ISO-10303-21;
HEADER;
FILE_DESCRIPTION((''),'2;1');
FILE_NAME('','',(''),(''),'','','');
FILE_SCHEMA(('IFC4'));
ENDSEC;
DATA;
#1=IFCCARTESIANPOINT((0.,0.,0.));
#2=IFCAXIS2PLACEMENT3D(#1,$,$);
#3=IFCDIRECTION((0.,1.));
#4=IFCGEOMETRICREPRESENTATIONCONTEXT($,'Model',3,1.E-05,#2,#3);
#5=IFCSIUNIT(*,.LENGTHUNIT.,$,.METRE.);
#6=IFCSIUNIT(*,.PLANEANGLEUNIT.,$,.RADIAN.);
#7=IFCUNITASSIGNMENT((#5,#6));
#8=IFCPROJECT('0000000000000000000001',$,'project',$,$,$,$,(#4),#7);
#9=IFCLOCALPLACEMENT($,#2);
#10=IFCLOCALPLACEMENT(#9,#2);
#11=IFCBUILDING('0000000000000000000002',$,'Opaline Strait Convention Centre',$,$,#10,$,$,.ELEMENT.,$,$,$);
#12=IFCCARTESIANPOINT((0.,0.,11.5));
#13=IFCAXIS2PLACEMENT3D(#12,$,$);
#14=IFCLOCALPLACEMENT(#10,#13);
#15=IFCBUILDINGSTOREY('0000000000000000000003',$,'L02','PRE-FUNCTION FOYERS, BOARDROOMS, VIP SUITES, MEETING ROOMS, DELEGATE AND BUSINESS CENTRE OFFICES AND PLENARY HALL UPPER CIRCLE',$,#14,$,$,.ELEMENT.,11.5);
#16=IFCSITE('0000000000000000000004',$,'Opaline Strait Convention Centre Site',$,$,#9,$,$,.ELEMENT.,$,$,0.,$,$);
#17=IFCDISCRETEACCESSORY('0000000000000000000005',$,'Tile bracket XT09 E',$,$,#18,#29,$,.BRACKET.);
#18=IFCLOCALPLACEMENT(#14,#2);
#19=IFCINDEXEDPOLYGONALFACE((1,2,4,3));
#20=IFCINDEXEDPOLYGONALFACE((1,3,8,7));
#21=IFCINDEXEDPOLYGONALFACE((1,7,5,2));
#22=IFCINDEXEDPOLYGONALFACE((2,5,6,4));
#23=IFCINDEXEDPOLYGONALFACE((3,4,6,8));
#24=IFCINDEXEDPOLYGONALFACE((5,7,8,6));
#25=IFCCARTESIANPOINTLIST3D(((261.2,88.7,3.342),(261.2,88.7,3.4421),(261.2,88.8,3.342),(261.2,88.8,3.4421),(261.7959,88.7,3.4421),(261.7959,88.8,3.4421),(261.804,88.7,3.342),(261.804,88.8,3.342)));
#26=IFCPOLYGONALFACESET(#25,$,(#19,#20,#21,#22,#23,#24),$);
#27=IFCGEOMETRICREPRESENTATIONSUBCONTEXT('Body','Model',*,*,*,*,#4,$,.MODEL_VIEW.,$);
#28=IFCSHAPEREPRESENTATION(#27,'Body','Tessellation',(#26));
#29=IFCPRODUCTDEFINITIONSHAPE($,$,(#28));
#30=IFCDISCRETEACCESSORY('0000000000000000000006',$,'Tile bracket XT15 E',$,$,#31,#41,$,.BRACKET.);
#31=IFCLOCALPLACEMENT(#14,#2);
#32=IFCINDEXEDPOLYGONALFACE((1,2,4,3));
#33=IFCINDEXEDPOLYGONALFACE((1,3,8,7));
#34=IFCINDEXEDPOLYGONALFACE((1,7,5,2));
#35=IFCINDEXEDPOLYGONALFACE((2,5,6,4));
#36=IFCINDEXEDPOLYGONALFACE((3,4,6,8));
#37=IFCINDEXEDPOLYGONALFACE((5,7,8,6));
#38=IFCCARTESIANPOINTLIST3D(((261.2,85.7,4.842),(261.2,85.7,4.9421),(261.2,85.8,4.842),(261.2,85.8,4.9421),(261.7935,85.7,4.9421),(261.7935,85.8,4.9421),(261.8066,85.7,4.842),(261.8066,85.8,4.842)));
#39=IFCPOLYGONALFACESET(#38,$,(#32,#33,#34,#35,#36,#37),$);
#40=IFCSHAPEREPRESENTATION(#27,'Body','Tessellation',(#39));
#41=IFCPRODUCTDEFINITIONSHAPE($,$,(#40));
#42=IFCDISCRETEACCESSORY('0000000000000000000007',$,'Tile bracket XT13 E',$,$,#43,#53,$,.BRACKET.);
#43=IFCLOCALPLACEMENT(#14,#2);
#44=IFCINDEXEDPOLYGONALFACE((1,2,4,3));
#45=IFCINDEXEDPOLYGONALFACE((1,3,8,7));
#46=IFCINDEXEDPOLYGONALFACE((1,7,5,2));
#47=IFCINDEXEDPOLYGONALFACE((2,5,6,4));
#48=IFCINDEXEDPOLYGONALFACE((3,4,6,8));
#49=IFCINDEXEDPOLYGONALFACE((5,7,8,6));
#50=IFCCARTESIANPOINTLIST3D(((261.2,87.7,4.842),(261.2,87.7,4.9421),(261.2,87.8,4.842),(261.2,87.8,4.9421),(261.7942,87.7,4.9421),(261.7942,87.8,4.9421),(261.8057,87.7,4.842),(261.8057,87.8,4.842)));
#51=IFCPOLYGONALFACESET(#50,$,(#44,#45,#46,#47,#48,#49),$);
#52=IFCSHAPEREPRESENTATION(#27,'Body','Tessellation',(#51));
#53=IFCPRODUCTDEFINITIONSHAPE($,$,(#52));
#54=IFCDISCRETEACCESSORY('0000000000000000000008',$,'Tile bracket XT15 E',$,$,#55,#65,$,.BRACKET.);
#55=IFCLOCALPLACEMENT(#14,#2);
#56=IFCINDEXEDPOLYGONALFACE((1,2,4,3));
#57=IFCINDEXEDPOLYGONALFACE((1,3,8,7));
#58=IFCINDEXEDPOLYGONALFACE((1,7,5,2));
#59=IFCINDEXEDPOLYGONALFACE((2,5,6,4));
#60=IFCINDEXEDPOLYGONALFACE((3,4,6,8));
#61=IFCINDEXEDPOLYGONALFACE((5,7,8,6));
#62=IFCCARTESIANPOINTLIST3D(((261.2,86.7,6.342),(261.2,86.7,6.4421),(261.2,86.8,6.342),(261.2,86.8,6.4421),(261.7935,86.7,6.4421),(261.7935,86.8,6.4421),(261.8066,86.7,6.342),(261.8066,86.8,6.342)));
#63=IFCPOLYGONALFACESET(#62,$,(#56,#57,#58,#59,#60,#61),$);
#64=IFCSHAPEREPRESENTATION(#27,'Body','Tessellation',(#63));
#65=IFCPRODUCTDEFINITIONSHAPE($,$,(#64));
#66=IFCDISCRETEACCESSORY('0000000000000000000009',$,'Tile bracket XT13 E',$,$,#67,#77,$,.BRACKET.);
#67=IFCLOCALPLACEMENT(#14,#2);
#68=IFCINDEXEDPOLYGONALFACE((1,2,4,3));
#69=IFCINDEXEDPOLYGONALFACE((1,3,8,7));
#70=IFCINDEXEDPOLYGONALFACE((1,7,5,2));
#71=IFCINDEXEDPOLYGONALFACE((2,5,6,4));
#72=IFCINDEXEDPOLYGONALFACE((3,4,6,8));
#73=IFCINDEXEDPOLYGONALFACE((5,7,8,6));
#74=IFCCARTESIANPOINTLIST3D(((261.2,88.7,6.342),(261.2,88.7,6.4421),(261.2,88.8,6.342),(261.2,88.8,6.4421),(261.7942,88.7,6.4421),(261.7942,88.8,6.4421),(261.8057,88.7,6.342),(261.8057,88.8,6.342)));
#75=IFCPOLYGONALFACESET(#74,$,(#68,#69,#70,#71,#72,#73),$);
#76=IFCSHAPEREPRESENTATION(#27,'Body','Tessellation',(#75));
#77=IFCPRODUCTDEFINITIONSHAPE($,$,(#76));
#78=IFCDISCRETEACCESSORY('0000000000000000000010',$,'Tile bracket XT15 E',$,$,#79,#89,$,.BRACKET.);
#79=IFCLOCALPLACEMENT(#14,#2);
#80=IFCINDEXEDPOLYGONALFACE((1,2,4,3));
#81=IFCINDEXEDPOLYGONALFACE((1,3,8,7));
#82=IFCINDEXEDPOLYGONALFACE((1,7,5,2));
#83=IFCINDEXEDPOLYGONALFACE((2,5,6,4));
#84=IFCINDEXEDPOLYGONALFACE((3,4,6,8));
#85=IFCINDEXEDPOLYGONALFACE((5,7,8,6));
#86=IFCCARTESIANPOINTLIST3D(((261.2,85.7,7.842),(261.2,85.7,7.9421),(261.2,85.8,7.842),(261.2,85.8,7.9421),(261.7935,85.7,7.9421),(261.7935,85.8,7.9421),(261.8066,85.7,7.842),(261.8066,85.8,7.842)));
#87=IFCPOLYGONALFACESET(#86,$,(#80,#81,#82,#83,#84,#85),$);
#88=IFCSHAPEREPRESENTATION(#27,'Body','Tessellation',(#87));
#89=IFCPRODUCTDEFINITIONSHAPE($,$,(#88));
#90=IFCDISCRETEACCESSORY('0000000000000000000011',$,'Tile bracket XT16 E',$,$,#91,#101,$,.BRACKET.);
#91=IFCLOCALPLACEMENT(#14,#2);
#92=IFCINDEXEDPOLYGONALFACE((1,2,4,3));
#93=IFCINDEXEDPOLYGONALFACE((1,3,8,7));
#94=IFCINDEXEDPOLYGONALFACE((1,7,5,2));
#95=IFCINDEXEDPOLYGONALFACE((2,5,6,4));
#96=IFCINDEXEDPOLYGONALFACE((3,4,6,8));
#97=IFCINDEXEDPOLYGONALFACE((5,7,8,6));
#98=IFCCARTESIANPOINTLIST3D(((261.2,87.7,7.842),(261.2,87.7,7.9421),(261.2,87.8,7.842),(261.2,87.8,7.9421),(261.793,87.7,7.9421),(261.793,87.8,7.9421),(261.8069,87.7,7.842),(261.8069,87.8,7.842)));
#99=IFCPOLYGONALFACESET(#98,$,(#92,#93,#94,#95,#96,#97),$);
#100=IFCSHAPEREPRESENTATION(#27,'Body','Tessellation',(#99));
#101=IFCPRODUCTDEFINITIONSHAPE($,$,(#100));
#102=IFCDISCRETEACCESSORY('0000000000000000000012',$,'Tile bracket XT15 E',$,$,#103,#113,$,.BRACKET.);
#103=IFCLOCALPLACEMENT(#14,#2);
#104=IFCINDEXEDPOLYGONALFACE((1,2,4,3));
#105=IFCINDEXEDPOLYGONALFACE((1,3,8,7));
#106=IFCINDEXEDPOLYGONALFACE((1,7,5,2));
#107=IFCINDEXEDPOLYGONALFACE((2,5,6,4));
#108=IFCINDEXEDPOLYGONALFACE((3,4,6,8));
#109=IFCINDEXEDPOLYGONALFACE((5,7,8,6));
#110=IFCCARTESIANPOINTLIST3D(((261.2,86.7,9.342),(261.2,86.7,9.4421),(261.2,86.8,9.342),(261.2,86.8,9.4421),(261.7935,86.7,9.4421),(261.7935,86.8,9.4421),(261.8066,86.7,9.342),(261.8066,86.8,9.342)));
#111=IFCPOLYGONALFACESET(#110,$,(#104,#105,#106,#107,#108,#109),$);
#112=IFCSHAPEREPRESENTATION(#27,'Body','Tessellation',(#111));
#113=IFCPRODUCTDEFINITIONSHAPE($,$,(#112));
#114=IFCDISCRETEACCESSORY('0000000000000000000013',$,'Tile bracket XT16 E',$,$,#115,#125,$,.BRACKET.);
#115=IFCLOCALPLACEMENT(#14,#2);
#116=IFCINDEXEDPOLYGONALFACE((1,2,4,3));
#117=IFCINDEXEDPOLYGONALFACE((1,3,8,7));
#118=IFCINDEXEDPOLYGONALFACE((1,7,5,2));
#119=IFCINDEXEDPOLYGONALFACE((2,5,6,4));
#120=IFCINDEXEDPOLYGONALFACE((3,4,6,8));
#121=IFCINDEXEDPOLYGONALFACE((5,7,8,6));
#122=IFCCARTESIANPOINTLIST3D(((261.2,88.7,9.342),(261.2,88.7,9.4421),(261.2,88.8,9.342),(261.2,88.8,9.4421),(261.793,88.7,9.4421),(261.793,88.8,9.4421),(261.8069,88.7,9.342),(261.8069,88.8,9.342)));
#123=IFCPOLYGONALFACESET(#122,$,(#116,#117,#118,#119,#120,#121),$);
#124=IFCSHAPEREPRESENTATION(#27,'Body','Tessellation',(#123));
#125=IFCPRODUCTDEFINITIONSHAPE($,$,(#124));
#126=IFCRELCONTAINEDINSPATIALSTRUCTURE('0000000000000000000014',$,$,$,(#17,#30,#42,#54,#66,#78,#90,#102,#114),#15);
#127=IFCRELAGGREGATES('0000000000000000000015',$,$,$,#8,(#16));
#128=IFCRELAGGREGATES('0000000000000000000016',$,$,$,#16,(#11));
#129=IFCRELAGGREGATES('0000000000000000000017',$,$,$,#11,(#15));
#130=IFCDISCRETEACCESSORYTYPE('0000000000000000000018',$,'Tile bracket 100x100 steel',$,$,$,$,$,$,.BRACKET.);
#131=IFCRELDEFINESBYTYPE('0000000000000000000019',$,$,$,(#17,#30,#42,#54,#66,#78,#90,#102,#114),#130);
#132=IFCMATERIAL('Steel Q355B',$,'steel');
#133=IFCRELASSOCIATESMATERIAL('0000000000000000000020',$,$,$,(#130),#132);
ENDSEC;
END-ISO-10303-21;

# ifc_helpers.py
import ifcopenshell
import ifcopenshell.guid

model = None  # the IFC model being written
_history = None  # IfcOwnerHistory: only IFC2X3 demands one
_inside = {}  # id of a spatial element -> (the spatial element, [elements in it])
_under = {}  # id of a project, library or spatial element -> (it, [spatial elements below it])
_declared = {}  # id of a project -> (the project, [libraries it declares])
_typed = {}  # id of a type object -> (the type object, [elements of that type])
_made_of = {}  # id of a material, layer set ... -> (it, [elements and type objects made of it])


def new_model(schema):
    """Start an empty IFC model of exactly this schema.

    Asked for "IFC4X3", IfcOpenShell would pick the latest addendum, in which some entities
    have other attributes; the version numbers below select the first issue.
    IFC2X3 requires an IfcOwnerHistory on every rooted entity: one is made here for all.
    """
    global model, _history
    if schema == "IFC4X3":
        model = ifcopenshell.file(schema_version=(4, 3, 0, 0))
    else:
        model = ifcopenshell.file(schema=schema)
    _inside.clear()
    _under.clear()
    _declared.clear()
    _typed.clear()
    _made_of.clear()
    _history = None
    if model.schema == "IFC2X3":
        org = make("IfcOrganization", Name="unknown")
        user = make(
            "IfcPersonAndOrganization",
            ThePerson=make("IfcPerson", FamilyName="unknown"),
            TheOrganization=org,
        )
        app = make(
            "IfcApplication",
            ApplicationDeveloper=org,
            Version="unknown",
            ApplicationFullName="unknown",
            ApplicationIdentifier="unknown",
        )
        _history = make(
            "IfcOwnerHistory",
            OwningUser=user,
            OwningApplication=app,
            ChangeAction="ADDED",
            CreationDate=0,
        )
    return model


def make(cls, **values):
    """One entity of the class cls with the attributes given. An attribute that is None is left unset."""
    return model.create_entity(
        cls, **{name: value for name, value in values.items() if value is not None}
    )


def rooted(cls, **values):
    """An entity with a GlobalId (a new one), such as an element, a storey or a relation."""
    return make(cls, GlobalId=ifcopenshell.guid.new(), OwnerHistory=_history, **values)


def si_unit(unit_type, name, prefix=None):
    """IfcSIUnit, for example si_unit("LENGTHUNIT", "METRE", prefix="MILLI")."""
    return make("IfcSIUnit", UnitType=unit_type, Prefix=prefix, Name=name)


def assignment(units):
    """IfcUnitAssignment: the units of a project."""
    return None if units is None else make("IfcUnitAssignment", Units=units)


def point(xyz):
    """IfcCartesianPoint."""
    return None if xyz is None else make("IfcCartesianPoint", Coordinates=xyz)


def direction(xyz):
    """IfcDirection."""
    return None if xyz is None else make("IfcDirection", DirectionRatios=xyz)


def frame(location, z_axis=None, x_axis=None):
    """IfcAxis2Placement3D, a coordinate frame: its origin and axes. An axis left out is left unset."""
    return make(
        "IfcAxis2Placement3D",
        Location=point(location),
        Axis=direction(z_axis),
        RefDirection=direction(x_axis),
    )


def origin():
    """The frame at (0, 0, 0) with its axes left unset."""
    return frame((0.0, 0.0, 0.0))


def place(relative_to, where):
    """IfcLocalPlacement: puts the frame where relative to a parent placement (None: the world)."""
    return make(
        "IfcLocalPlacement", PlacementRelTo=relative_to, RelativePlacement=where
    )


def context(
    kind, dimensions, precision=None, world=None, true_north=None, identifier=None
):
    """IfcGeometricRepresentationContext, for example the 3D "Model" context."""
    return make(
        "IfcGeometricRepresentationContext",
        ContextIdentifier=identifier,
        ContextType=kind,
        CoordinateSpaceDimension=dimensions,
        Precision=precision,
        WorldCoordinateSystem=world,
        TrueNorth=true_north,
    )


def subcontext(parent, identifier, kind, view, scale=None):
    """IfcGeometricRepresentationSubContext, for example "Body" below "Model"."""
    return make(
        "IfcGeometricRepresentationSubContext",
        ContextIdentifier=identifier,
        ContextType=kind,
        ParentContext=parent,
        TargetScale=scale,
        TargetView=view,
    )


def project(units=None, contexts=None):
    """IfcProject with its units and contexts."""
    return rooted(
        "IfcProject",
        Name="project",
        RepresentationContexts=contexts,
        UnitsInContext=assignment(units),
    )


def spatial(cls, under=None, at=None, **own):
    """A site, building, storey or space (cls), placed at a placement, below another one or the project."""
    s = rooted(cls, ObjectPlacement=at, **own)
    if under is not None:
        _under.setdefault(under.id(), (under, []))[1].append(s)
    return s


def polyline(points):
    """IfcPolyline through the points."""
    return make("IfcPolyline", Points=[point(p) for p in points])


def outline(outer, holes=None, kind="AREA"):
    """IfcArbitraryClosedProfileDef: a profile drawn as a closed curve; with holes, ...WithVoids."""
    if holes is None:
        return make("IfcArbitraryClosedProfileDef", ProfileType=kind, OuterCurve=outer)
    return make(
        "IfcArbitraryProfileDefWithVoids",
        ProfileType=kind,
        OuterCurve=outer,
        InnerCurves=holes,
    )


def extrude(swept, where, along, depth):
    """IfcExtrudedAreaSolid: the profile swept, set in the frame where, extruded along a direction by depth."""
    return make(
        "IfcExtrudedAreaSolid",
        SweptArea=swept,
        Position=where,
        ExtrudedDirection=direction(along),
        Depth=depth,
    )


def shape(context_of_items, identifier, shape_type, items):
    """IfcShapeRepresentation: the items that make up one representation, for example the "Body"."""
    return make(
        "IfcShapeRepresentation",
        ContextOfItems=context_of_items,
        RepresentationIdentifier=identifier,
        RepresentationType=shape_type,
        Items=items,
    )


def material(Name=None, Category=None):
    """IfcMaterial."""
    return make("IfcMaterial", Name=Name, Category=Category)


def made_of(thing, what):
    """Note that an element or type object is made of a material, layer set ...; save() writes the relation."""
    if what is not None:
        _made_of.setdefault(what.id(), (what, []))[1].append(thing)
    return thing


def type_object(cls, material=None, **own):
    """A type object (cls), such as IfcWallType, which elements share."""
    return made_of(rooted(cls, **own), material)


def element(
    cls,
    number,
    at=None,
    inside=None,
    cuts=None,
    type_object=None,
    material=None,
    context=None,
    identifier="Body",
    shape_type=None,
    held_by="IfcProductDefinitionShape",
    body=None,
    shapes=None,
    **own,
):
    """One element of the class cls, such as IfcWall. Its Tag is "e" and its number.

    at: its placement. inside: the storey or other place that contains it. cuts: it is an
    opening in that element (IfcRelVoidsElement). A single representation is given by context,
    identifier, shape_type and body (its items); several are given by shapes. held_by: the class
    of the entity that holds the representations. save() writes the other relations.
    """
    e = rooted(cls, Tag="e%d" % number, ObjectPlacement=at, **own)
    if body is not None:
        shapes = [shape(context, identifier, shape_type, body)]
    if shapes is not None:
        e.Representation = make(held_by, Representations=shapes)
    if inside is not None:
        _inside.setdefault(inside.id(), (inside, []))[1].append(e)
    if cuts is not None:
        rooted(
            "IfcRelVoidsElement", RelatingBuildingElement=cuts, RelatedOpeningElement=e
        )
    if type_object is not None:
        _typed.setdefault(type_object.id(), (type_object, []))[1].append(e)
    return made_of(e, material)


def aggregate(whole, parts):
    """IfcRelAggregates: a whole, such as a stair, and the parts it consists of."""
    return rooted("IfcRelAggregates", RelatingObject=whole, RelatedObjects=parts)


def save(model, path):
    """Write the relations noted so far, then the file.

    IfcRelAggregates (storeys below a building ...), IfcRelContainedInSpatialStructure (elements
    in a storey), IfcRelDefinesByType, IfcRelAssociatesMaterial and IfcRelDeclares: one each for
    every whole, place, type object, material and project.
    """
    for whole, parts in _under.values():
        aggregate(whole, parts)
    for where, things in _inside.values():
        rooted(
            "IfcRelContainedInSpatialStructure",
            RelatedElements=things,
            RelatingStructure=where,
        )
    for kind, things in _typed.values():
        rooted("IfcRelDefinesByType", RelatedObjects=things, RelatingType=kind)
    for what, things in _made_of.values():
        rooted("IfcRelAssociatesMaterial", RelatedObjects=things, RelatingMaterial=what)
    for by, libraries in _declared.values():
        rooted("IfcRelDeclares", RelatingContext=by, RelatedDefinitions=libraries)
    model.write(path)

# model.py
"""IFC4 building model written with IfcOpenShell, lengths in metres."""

from ifc_helpers import new_model, si_unit, direction, frame, origin, place, context, subcontext, project, spatial, polyline, outline, extrude, material, type_object, element, save


model = new_model("IFC4")

# Units and contexts
model_context = context("Model", 3, precision=1e-05, world=origin(), true_north=direction((0.0, 1.0)))
body_context = subcontext(model_context, "Body", "Model", "MODEL_VIEW")
ifc_project = project(units=[si_unit("LENGTHUNIT", "METRE"), si_unit("PLANEANGLEUNIT", "RADIAN")], contexts=[model_context])

# Site, building, storey
site_placement = place(None, origin())
site = spatial("IfcSite", under=ifc_project, at=site_placement, Name="Opaline Strait Convention Centre Site", CompositionType="ELEMENT", RefElevation=0.0)
building_placement = place(site_placement, origin())
building = spatial("IfcBuilding", under=site, at=building_placement, Name="Opaline Strait Convention Centre", CompositionType="ELEMENT")
storey_placement = place(building_placement, frame((0.0, 0.0, 11.5)))
storey = spatial("IfcBuildingStorey", under=building, at=storey_placement, Name="L02", Description="PRE-FUNCTION FOYERS, BOARDROOMS, VIP SUITES, MEETING ROOMS, DELEGATE AND BUSINESS CENTRE OFFICES AND PLENARY HALL UPPER CIRCLE", CompositionType="ELEMENT", Elevation=11.5)

# Shared definitions
ifc_material_1 = material(Name="Steel Q355B", Category="steel")

# Discrete accessories
discrete_accessory_type = type_object("IfcDiscreteAccessoryType", Name="Tile bracket 100x100 steel", PredefinedType="BRACKET", material=ifc_material_1)
discrete_accessory_1_placement = place(storey_placement, frame((261.2, 88.7, 3.3921), z_axis=(0.0, 1.0, 0.0), x_axis=(-1.0, 0.0, 0.0)))
element("IfcDiscreteAccessory", 1, at=discrete_accessory_1_placement, inside=storey, type_object=discrete_accessory_type, Name="Tile bracket XT09 E", PredefinedType="BRACKET", context=body_context, shape_type="SweptSolid", body=[
    extrude(outline(polyline([(0.0, -0.05), (0.0, 0.05), (-0.5959, 0.05), (-0.604, -0.05), (0.0, -0.05)])), origin(), (0.0, 0.0, 1.0), 0.1001),
])
discrete_accessory_2_placement = place(storey_placement, frame((261.2, 85.7, 4.8921), z_axis=(0.0, 1.0, 0.0), x_axis=(-1.0, 0.0, 0.0)))
element("IfcDiscreteAccessory", 2, at=discrete_accessory_2_placement, inside=storey, type_object=discrete_accessory_type, Name="Tile bracket XT15 E", PredefinedType="BRACKET", context=body_context, shape_type="SweptSolid", body=[
    extrude(outline(polyline([(0.0, -0.05), (0.0, 0.05), (-0.5935, 0.05), (-0.6067, -0.05), (0.0, -0.05)])), origin(), (0.0, 0.0, 1.0), 0.1001),
])
discrete_accessory_3_placement = place(storey_placement, frame((261.2, 87.7, 4.8921), z_axis=(0.0, 1.0, 0.0), x_axis=(-1.0, 0.0, 0.0)))
element("IfcDiscreteAccessory", 3, at=discrete_accessory_3_placement, inside=storey, type_object=discrete_accessory_type, Name="Tile bracket XT13 E", PredefinedType="BRACKET", context=body_context, shape_type="SweptSolid", body=[
    extrude(outline(polyline([(0.0, -0.05), (0.0, 0.05), (-0.5942, 0.05), (-0.6057, -0.05), (0.0, -0.05)])), origin(), (0.0, 0.0, 1.0), 0.1001),
])
discrete_accessory_4_placement = place(storey_placement, frame((261.2, 86.7, 6.3921), z_axis=(0.0, 1.0, 0.0), x_axis=(-1.0, 0.0, 0.0)))
element("IfcDiscreteAccessory", 4, at=discrete_accessory_4_placement, inside=storey, type_object=discrete_accessory_type, Name="Tile bracket XT15 E", PredefinedType="BRACKET", context=body_context, shape_type="SweptSolid", body=[
    extrude(outline(polyline([(0.0, -0.05), (0.0, 0.05), (-0.5935, 0.05), (-0.6067, -0.05), (0.0, -0.05)])), origin(), (0.0, 0.0, 1.0), 0.1001),
])
discrete_accessory_5_placement = place(storey_placement, frame((261.2, 88.7, 6.3921), z_axis=(0.0, 1.0, 0.0), x_axis=(-1.0, 0.0, 0.0)))
element("IfcDiscreteAccessory", 5, at=discrete_accessory_5_placement, inside=storey, type_object=discrete_accessory_type, Name="Tile bracket XT13 E", PredefinedType="BRACKET", context=body_context, shape_type="SweptSolid", body=[
    extrude(outline(polyline([(0.0, -0.05), (0.0, 0.05), (-0.5942, 0.05), (-0.6057, -0.05), (0.0, -0.05)])), origin(), (0.0, 0.0, 1.0), 0.1001),
])
discrete_accessory_6_placement = place(storey_placement, frame((261.2, 85.7, 7.8921), z_axis=(0.0, 1.0, 0.0), x_axis=(-1.0, 0.0, 0.0)))
element("IfcDiscreteAccessory", 6, at=discrete_accessory_6_placement, inside=storey, type_object=discrete_accessory_type, Name="Tile bracket XT15 E", PredefinedType="BRACKET", context=body_context, shape_type="SweptSolid", body=[
    extrude(outline(polyline([(0.0, -0.05), (0.0, 0.05), (-0.5935, 0.05), (-0.6067, -0.05), (0.0, -0.05)])), origin(), (0.0, 0.0, 1.0), 0.1001),
])
discrete_accessory_7_placement = place(storey_placement, frame((261.2, 87.7, 7.8921), z_axis=(0.0, 1.0, 0.0), x_axis=(-1.0, 0.0, 0.0)))
element("IfcDiscreteAccessory", 7, at=discrete_accessory_7_placement, inside=storey, type_object=discrete_accessory_type, Name="Tile bracket XT16 E", PredefinedType="BRACKET", context=body_context, shape_type="SweptSolid", body=[
    extrude(outline(polyline([(0.0, -0.05), (0.0, 0.05), (-0.593, 0.05), (-0.6069, -0.05), (0.0, -0.05)])), origin(), (0.0, 0.0, 1.0), 0.1001),
])
discrete_accessory_8_placement = place(storey_placement, frame((261.2, 86.7, 9.3921), z_axis=(0.0, 1.0, 0.0), x_axis=(-1.0, 0.0, 0.0)))
element("IfcDiscreteAccessory", 8, at=discrete_accessory_8_placement, inside=storey, type_object=discrete_accessory_type, Name="Tile bracket XT15 E", PredefinedType="BRACKET", context=body_context, shape_type="SweptSolid", body=[
    extrude(outline(polyline([(0.0, -0.05), (0.0, 0.05), (-0.5935, 0.05), (-0.6067, -0.05), (0.0, -0.05)])), origin(), (0.0, 0.0, 1.0), 0.1001),
])
discrete_accessory_9_placement = place(storey_placement, frame((261.2, 88.7, 9.3921), z_axis=(0.0, 1.0, 0.0), x_axis=(-1.0, 0.0, 0.0)))
element("IfcDiscreteAccessory", 9, at=discrete_accessory_9_placement, inside=storey, type_object=discrete_accessory_type, Name="Tile bracket XT16 E", PredefinedType="BRACKET", context=body_context, shape_type="SweptSolid", body=[
    extrude(outline(polyline([(0.0, -0.05), (0.0, 0.05), (-0.593, 0.05), (-0.6069, -0.05), (0.0, -0.05)])), origin(), (0.0, 0.0, 1.0), 0.1001),
])

save(model, "model.ifc")
